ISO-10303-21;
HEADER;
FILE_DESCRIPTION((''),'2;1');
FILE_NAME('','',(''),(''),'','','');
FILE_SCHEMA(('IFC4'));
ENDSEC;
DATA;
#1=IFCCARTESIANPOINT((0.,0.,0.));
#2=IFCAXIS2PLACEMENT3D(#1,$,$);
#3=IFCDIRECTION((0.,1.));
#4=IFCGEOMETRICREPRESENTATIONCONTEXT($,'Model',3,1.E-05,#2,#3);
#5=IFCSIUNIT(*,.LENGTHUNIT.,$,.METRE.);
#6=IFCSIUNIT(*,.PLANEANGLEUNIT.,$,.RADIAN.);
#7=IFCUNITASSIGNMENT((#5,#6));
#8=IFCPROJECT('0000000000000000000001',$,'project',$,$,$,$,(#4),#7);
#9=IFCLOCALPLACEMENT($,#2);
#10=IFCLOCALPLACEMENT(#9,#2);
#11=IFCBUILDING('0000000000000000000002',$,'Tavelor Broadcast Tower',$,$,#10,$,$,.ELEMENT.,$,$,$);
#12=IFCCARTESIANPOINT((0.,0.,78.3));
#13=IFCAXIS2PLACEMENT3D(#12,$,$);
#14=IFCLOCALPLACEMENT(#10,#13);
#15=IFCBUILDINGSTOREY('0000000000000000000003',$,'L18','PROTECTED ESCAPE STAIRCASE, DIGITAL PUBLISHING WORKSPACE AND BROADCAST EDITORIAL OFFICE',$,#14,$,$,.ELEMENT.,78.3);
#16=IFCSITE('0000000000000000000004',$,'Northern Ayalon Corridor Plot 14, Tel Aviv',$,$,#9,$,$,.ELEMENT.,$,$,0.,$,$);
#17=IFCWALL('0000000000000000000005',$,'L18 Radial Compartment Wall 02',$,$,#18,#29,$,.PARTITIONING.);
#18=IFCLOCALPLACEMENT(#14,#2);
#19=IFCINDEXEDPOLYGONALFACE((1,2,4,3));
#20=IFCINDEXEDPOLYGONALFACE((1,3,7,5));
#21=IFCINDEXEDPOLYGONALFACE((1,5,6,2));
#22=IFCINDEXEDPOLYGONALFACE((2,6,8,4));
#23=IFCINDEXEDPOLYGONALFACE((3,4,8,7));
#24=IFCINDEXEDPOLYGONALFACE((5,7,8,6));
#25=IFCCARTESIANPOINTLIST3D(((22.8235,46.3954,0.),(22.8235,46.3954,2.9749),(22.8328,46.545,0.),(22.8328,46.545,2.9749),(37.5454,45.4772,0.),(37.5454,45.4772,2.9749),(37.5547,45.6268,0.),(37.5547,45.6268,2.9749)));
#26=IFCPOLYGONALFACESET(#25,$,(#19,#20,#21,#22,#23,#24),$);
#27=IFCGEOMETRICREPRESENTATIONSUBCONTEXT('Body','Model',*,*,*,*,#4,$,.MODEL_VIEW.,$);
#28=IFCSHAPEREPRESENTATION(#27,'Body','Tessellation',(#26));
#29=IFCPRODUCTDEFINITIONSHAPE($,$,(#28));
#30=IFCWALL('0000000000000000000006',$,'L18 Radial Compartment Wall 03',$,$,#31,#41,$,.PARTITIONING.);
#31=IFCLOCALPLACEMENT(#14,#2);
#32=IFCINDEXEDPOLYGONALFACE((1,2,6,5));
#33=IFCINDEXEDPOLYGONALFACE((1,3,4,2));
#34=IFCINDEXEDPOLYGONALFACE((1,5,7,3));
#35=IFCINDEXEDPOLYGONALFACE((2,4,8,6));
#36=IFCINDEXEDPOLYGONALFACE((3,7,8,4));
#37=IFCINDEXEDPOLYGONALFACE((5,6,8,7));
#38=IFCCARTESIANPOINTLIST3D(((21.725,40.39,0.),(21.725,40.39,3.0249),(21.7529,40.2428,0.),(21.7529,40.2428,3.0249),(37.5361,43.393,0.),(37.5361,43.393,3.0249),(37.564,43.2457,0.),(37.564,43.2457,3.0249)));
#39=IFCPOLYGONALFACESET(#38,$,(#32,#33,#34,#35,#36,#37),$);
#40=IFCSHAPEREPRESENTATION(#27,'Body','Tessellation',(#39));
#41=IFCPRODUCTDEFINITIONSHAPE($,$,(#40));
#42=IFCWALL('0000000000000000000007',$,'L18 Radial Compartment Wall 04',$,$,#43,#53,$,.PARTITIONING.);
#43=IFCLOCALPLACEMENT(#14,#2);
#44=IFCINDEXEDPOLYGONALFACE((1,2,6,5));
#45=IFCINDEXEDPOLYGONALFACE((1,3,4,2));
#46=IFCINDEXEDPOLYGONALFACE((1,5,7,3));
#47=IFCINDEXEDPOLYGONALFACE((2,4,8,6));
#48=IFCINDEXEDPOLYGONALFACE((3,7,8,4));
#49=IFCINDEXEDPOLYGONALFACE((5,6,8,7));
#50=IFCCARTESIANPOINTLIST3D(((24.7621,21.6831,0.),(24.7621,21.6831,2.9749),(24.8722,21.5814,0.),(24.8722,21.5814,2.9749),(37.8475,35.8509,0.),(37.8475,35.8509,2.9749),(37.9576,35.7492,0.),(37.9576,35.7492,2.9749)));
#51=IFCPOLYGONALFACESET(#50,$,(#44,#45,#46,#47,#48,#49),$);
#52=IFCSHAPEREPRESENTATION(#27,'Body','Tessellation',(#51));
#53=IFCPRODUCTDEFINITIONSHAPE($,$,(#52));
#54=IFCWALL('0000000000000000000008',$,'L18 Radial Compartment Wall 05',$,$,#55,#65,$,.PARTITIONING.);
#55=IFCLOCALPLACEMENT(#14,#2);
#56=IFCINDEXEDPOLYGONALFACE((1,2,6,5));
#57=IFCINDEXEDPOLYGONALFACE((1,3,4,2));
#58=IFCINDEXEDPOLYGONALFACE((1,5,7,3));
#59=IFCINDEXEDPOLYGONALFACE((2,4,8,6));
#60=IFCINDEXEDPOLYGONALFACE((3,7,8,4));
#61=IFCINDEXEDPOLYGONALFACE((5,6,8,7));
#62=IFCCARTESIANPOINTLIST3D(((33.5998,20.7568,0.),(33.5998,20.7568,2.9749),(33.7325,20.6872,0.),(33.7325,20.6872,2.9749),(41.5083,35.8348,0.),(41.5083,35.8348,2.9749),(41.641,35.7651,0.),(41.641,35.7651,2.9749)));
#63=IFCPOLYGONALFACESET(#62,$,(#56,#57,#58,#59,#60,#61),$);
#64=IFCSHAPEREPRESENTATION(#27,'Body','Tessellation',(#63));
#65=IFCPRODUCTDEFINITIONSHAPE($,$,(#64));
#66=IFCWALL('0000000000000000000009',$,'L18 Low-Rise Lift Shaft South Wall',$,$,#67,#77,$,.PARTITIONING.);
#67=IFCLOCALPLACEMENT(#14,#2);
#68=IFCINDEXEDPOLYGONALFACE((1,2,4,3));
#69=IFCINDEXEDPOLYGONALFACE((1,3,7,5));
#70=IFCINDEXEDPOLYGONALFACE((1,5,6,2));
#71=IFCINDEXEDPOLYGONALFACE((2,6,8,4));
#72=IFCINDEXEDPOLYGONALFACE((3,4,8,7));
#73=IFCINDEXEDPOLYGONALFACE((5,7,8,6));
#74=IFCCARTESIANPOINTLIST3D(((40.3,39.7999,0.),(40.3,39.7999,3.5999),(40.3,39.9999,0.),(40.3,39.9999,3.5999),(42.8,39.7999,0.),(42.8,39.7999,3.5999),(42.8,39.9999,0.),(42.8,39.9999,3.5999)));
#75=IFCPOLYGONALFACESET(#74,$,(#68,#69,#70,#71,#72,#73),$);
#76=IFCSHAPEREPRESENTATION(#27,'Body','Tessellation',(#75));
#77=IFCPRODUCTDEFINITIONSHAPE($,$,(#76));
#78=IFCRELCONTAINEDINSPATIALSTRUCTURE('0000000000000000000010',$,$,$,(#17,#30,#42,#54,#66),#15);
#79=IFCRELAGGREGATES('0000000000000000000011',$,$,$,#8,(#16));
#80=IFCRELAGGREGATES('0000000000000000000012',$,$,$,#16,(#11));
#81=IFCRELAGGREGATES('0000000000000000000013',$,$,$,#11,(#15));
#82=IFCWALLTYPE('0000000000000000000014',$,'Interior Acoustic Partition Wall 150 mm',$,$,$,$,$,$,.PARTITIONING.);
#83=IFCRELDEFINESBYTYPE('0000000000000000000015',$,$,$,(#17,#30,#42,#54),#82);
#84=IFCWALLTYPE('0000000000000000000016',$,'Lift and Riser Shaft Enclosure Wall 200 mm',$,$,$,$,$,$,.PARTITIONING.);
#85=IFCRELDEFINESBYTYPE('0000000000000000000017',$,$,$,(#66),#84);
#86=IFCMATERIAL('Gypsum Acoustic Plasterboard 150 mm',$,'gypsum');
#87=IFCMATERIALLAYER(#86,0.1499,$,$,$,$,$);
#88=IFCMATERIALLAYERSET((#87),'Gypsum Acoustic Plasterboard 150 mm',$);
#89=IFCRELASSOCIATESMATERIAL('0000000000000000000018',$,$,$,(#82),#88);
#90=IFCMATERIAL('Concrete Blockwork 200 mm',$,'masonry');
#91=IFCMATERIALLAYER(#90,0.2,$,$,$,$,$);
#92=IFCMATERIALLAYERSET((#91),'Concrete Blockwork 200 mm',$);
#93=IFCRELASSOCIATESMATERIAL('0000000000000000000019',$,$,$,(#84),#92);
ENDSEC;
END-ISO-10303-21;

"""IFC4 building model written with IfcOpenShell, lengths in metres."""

from ifc_helpers import new_model, si_unit, direction, frame, frame_2d, origin, place, context, subcontext, project, spatial, rectangle, extrude, material, layer, layer_set, type_object, element, save


model = new_model("IFC4")

# Units and contexts
model_context = context("Model", 3, precision=1e-05, world=origin(), true_north=direction((0.0, 1.0)))
body_context = subcontext(model_context, "Body", "Model", "MODEL_VIEW")
ifc_project = project(units=[si_unit("LENGTHUNIT", "METRE"), si_unit("PLANEANGLEUNIT", "RADIAN")], contexts=[model_context])

# Site, building, storey
site_placement = place(None, origin())
site = spatial("IfcSite", under=ifc_project, at=site_placement, Name="Northern Ayalon Corridor Plot 14, Tel Aviv", CompositionType="ELEMENT", RefElevation=0.0)
building_placement = place(site_placement, origin())
building = spatial("IfcBuilding", under=site, at=building_placement, Name="Tavelor Broadcast Tower", CompositionType="ELEMENT")
storey_placement = place(building_placement, frame((0.0, 0.0, 78.3)))
storey = spatial("IfcBuildingStorey", under=building, at=storey_placement, Name="L18", Description="PROTECTED ESCAPE STAIRCASE, DIGITAL PUBLISHING WORKSPACE AND BROADCAST EDITORIAL OFFICE", CompositionType="ELEMENT", Elevation=78.3)

# Walls
ifc_material_1 = material(Name="Gypsum Acoustic Plasterboard 150 mm", Category="gypsum")
ifc_layer_1 = layer(ifc_material_1, 0.1499)
ifc_layer_set_1 = layer_set([ifc_layer_1], Name="Gypsum Acoustic Plasterboard 150 mm")
wall_type_1 = type_object("IfcWallType", Name="Interior Acoustic Partition Wall 150 mm", PredefinedType="PARTITIONING", material=ifc_layer_set_1)
wall_1_placement = place(storey_placement, frame((37.55, 45.552, 0.0), z_axis=(0.0, 0.0, 1.0), x_axis=(-0.998061, 0.062249, 0.0)))
element("IfcWall", 1, at=wall_1_placement, inside=storey, type_object=wall_type_1, Name="L18 Radial Compartment Wall 02", PredefinedType="PARTITIONING", context=body_context, shape_type="SweptSolid", body=[
    extrude(rectangle(XDim=14.7505, YDim=0.1499, at=frame_2d((7.3752, 0.0))), origin(), (0.0, 0.0, 1.0), 2.9749),
])
wall_2_placement = place(storey_placement, frame((37.55, 43.3193, 0.0), z_axis=(0.0, 0.0, 1.0), x_axis=(-0.982438, -0.186591, 0.0)))
element("IfcWall", 2, at=wall_2_placement, inside=storey, type_object=wall_type_1, Name="L18 Radial Compartment Wall 03", PredefinedType="PARTITIONING", context=body_context, shape_type="SweptSolid", body=[
    extrude(rectangle(XDim=16.0938, YDim=0.1499, at=frame_2d((8.0469, 0.0))), origin(), (0.0, 0.0, 1.0), 3.0249),
])
wall_3_placement = place(storey_placement, frame((37.9026, 35.8, 0.0), z_axis=(0.0, 0.0, 1.0), x_axis=(-0.678491, -0.734608, 0.0)))
element("IfcWall", 3, at=wall_3_placement, inside=storey, type_object=wall_type_1, Name="L18 Radial Compartment Wall 04", PredefinedType="PARTITIONING", context=body_context, shape_type="SweptSolid", body=[
    extrude(rectangle(XDim=19.2861, YDim=0.1499, at=frame_2d((9.6431, 0.0))), origin(), (0.0, 0.0, 1.0), 2.9749),
])
wall_4_placement = place(storey_placement, frame((41.5747, 35.8, 0.0), z_axis=(0.0, 0.0, 1.0), x_axis=(-0.464491, -0.885578, 0.0)))
element("IfcWall", 4, at=wall_4_placement, inside=storey, type_object=wall_type_1, Name="L18 Radial Compartment Wall 05", PredefinedType="PARTITIONING", context=body_context, shape_type="SweptSolid", body=[
    extrude(rectangle(XDim=17.0261, YDim=0.1499, at=frame_2d((8.5132, 0.0))), origin(), (0.0, 0.0, 1.0), 2.9749),
])

# Shared definitions
ifc_material_2 = material(Name="Concrete Blockwork 200 mm", Category="masonry")

# Wall
ifc_layer_2 = layer(ifc_material_2, 0.2)
ifc_layer_set_2 = layer_set([ifc_layer_2], Name="Concrete Blockwork 200 mm")
wall_type_2 = type_object("IfcWallType", Name="Lift and Riser Shaft Enclosure Wall 200 mm", PredefinedType="PARTITIONING", material=ifc_layer_set_2)
wall_5_placement = place(storey_placement, frame((40.3, 39.8999, 0.0), z_axis=(0.0, 0.0, 1.0), x_axis=(1.0, 0.0, 0.0)))
element("IfcWall", 5, at=wall_5_placement, inside=storey, type_object=wall_type_2, Name="L18 Low-Rise Lift Shaft South Wall", PredefinedType="PARTITIONING", context=body_context, shape_type="SweptSolid", body=[
    extrude(rectangle(XDim=2.5, YDim=0.2, at=frame_2d((1.25, 0.0))), origin(), (0.0, 0.0, 1.0), 3.5999),
])

save(model, "model.ifc")
